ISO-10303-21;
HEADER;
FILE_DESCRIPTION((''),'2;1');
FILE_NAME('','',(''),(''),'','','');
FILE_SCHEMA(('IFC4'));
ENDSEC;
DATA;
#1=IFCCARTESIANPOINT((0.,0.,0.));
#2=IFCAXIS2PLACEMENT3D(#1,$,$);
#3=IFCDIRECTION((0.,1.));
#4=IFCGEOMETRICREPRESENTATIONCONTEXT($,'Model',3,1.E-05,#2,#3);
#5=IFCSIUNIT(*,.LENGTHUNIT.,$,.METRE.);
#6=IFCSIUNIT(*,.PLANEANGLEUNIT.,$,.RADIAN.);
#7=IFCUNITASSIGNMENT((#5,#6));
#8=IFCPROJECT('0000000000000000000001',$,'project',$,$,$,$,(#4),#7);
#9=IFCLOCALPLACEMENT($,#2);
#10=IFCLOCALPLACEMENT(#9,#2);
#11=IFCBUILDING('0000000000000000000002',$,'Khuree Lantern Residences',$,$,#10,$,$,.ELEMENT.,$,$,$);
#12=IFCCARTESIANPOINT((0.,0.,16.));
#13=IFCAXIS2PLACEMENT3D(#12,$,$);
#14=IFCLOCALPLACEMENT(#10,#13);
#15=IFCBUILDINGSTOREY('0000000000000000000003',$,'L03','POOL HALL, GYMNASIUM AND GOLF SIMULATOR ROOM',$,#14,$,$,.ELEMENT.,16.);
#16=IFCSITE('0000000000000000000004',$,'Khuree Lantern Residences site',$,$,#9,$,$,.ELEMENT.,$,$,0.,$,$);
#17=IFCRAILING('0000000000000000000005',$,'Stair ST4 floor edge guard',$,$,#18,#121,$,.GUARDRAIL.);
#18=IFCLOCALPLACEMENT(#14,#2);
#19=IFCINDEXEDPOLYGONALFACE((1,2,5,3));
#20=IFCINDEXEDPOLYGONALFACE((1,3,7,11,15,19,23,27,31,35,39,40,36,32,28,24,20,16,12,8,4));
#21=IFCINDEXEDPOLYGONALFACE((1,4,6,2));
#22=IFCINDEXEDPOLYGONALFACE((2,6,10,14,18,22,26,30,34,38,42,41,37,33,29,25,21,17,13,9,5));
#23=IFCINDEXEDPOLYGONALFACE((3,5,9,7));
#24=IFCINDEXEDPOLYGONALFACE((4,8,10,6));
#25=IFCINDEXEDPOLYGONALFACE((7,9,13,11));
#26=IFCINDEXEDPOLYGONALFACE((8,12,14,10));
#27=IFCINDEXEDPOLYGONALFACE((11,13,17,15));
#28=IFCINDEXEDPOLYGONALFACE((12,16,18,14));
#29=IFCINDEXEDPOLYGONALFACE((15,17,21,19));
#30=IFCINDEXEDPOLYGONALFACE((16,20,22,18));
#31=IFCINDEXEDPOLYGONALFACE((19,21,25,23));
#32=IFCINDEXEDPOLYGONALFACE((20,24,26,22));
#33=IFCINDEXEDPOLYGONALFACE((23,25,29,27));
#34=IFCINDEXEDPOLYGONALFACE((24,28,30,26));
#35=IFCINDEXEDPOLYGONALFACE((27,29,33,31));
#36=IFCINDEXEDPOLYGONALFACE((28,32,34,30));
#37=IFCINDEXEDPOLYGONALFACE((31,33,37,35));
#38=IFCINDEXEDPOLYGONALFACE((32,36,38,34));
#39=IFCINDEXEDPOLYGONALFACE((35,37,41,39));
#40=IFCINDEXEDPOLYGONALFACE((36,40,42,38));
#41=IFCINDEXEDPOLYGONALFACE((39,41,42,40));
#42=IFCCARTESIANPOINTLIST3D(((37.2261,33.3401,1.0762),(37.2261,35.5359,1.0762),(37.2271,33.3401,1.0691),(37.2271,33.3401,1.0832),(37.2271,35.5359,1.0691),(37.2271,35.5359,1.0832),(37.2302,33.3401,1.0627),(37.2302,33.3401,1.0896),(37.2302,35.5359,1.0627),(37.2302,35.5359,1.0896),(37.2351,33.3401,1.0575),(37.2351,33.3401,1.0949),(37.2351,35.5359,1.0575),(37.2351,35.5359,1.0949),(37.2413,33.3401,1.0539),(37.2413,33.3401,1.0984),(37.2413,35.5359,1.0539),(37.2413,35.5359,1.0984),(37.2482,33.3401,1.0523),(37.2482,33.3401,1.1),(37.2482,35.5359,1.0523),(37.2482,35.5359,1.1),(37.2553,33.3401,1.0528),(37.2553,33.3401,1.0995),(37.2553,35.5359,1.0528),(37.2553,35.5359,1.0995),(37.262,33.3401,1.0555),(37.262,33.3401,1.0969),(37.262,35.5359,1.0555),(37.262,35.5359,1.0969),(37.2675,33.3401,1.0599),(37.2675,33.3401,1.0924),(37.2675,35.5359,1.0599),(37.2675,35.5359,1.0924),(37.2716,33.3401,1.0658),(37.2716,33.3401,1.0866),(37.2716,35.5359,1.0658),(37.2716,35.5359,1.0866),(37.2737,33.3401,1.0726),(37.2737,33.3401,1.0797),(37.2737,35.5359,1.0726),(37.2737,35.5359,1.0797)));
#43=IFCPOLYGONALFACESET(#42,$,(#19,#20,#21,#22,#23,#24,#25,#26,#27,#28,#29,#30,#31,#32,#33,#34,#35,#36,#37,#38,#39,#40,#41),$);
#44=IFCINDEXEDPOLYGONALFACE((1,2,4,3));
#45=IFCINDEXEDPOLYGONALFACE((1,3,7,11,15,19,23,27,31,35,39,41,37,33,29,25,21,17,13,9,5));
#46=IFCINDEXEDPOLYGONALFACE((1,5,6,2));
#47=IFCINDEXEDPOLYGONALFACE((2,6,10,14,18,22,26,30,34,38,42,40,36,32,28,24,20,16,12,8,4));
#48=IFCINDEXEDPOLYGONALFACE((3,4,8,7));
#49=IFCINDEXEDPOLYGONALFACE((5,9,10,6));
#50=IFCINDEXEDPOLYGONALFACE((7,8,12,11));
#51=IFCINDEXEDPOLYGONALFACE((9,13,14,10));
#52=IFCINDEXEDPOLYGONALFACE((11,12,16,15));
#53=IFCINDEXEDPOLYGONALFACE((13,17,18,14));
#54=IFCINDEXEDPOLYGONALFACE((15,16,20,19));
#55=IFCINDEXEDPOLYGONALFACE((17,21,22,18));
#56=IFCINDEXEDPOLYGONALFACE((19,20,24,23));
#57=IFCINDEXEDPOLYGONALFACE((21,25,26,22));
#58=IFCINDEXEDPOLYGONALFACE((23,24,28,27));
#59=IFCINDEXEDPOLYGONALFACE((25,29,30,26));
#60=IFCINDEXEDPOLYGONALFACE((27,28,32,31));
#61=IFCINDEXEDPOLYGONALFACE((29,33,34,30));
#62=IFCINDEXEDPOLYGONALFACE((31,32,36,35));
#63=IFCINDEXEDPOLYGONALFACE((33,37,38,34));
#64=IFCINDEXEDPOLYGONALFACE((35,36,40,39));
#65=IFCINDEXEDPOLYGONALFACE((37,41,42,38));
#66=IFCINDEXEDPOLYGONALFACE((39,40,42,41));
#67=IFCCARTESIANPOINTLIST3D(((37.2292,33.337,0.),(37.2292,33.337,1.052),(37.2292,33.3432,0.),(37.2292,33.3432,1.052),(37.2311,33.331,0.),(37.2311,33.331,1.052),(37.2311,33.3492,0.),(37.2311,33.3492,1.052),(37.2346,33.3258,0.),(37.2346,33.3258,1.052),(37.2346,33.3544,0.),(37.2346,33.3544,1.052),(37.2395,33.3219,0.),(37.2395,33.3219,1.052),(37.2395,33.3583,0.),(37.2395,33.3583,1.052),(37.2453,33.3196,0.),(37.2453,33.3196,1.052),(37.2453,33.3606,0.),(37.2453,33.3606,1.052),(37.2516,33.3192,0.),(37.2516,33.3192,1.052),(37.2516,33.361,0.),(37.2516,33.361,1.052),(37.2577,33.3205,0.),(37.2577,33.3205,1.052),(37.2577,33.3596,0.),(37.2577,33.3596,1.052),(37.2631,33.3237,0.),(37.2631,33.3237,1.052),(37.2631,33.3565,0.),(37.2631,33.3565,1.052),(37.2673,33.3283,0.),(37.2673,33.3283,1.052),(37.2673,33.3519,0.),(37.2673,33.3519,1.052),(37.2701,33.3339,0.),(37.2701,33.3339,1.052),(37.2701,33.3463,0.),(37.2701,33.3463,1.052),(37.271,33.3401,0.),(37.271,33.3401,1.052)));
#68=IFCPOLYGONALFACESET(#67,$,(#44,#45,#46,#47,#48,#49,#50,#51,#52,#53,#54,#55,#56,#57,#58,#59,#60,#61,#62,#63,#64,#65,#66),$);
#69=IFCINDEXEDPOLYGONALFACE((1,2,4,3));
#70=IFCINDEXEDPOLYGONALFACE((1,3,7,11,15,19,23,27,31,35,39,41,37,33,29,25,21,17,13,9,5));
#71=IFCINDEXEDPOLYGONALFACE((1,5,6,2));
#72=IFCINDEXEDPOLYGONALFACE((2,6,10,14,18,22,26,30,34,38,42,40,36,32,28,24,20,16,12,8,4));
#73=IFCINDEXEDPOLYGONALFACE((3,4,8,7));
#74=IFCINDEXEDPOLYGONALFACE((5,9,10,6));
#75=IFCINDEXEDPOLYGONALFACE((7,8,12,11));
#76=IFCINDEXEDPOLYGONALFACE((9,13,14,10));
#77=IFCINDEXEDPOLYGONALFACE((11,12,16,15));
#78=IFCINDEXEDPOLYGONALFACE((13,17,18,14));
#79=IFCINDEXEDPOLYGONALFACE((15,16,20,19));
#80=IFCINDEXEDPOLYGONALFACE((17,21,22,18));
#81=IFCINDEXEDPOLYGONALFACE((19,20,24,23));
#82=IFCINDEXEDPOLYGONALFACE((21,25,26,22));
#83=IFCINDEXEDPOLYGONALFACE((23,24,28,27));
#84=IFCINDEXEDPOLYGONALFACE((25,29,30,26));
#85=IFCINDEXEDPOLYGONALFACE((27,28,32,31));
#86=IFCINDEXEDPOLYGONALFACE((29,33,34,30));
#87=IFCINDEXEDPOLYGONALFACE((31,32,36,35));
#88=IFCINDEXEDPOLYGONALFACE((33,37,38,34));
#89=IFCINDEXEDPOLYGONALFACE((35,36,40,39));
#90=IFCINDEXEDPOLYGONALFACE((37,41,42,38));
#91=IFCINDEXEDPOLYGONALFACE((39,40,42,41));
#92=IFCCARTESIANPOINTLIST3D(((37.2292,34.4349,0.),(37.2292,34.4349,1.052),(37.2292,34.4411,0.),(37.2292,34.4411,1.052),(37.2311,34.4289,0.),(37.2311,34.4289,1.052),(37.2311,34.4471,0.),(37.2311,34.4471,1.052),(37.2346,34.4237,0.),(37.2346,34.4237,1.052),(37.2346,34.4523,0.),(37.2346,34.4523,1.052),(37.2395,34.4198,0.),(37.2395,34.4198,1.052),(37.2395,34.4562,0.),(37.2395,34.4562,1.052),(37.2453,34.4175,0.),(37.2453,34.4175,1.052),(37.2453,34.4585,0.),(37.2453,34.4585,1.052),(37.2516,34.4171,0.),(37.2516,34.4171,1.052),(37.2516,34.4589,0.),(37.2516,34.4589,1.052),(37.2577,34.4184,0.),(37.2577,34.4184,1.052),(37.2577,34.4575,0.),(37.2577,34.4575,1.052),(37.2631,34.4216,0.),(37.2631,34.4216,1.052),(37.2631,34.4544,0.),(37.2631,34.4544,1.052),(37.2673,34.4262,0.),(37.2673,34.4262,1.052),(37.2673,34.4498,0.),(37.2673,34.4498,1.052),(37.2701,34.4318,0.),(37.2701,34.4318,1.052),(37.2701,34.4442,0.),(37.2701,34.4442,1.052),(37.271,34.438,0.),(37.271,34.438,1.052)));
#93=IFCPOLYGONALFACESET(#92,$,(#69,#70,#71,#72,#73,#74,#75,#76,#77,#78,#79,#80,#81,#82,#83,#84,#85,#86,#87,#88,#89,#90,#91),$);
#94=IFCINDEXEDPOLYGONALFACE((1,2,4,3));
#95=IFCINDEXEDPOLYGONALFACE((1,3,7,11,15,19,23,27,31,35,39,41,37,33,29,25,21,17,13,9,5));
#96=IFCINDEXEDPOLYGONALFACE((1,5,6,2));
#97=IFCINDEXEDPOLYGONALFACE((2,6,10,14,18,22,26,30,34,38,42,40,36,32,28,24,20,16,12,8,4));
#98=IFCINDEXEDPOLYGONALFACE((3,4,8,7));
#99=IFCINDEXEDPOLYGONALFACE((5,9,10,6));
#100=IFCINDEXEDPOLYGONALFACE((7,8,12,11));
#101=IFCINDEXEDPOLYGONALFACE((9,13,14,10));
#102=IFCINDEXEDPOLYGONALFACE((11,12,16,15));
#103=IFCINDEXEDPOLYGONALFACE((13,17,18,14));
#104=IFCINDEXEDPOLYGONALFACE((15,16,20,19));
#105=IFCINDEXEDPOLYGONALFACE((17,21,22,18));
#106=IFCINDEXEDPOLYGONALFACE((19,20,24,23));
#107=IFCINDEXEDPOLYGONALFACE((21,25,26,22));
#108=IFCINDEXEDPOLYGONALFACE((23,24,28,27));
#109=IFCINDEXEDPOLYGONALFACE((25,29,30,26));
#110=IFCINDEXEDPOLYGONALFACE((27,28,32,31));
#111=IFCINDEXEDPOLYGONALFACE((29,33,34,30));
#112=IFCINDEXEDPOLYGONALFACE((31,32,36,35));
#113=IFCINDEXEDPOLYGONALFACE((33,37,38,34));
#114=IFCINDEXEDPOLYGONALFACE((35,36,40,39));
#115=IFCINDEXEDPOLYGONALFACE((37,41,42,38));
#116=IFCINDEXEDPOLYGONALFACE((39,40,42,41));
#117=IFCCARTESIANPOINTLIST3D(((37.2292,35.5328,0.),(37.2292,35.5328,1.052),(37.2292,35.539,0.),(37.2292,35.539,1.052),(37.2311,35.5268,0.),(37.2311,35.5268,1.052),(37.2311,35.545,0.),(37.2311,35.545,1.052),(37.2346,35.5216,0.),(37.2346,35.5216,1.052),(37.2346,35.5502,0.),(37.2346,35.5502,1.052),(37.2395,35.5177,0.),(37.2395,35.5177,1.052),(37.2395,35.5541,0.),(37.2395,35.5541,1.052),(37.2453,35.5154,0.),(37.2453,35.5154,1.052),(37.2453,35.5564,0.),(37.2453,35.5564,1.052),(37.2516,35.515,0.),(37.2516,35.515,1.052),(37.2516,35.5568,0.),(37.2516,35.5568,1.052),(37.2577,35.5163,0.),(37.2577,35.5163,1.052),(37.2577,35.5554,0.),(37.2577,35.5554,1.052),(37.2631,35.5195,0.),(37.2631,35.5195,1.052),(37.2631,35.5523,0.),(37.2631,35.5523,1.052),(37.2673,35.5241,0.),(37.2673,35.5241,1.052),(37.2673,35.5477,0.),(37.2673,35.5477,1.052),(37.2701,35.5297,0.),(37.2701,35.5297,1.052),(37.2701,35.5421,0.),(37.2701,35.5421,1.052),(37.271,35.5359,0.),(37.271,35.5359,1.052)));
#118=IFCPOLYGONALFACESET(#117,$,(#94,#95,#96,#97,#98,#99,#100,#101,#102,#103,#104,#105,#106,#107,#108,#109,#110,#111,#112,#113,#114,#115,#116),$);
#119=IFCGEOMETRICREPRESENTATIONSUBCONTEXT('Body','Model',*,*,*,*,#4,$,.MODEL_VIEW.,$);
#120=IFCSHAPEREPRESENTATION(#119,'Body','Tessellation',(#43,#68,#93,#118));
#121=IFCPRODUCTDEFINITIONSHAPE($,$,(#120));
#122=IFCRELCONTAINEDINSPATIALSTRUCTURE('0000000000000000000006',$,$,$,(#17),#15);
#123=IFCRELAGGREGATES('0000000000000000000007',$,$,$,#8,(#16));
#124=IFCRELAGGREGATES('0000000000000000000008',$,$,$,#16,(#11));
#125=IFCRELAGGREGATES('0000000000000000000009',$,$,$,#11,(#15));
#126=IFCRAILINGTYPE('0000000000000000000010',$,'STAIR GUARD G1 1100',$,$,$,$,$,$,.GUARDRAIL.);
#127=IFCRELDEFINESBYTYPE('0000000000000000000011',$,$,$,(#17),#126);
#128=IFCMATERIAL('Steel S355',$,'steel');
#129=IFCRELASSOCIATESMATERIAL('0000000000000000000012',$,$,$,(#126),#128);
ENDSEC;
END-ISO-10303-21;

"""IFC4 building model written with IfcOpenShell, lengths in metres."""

from ifc_helpers import new_model, si_unit, direction, frame, origin, origin_2d, place, context, subcontext, project, spatial, circle, extrude, material, type_object, element, save


model = new_model("IFC4")

# Units and contexts
model_context = context("Model", 3, precision=1e-05, world=origin(), true_north=direction((0.0, 1.0)))
body_context = subcontext(model_context, "Body", "Model", "MODEL_VIEW")
ifc_project = project(units=[si_unit("LENGTHUNIT", "METRE"), si_unit("PLANEANGLEUNIT", "RADIAN")], contexts=[model_context])

# Site, building, storey
site_placement = place(None, origin())
site = spatial("IfcSite", under=ifc_project, at=site_placement, Name="Khuree Lantern Residences site", CompositionType="ELEMENT", RefElevation=0.0)
building_placement = place(site_placement, origin())
building = spatial("IfcBuilding", under=site, at=building_placement, Name="Khuree Lantern Residences", CompositionType="ELEMENT")
storey_placement = place(building_placement, frame((0.0, 0.0, 16.0)))
storey = spatial("IfcBuildingStorey", under=building, at=storey_placement, Name="L03", Description="POOL HALL, GYMNASIUM AND GOLF SIMULATOR ROOM", CompositionType="ELEMENT", Elevation=16.0)

# Railing
ifc_material_1 = material(Name="Steel S355", Category="steel")
railing_type = type_object("IfcRailingType", Name="STAIR GUARD G1 1100", PredefinedType="GUARDRAIL", material=ifc_material_1)
railing_1_placement = place(storey_placement, frame((37.25, 33.3401, 0.0)))
element("IfcRailing", 1, at=railing_1_placement, inside=storey, type_object=railing_type, Name="Stair ST4 floor edge guard", PredefinedType="GUARDRAIL", context=body_context, shape_type="SweptSolid", body=[
    extrude(circle(Radius=0.0239, at=origin_2d()), frame((0.0, 0.0, 1.0762), z_axis=(0.0, 1.0, 0.0), x_axis=(-1.0, 0.0, 0.0)), (0.0, 0.0, 1.0), 2.1958),
    extrude(circle(Radius=0.021, at=origin_2d()), origin(), (0.0, 0.0, 1.0), 1.052),
    extrude(circle(Radius=0.021, at=origin_2d()), frame((0.0, 1.0979, 0.0)), (0.0, 0.0, 1.0), 1.052),
    extrude(circle(Radius=0.021, at=origin_2d()), frame((0.0, 2.1958, 0.0)), (0.0, 0.0, 1.0), 1.052),
])

save(model, "model.ifc")
